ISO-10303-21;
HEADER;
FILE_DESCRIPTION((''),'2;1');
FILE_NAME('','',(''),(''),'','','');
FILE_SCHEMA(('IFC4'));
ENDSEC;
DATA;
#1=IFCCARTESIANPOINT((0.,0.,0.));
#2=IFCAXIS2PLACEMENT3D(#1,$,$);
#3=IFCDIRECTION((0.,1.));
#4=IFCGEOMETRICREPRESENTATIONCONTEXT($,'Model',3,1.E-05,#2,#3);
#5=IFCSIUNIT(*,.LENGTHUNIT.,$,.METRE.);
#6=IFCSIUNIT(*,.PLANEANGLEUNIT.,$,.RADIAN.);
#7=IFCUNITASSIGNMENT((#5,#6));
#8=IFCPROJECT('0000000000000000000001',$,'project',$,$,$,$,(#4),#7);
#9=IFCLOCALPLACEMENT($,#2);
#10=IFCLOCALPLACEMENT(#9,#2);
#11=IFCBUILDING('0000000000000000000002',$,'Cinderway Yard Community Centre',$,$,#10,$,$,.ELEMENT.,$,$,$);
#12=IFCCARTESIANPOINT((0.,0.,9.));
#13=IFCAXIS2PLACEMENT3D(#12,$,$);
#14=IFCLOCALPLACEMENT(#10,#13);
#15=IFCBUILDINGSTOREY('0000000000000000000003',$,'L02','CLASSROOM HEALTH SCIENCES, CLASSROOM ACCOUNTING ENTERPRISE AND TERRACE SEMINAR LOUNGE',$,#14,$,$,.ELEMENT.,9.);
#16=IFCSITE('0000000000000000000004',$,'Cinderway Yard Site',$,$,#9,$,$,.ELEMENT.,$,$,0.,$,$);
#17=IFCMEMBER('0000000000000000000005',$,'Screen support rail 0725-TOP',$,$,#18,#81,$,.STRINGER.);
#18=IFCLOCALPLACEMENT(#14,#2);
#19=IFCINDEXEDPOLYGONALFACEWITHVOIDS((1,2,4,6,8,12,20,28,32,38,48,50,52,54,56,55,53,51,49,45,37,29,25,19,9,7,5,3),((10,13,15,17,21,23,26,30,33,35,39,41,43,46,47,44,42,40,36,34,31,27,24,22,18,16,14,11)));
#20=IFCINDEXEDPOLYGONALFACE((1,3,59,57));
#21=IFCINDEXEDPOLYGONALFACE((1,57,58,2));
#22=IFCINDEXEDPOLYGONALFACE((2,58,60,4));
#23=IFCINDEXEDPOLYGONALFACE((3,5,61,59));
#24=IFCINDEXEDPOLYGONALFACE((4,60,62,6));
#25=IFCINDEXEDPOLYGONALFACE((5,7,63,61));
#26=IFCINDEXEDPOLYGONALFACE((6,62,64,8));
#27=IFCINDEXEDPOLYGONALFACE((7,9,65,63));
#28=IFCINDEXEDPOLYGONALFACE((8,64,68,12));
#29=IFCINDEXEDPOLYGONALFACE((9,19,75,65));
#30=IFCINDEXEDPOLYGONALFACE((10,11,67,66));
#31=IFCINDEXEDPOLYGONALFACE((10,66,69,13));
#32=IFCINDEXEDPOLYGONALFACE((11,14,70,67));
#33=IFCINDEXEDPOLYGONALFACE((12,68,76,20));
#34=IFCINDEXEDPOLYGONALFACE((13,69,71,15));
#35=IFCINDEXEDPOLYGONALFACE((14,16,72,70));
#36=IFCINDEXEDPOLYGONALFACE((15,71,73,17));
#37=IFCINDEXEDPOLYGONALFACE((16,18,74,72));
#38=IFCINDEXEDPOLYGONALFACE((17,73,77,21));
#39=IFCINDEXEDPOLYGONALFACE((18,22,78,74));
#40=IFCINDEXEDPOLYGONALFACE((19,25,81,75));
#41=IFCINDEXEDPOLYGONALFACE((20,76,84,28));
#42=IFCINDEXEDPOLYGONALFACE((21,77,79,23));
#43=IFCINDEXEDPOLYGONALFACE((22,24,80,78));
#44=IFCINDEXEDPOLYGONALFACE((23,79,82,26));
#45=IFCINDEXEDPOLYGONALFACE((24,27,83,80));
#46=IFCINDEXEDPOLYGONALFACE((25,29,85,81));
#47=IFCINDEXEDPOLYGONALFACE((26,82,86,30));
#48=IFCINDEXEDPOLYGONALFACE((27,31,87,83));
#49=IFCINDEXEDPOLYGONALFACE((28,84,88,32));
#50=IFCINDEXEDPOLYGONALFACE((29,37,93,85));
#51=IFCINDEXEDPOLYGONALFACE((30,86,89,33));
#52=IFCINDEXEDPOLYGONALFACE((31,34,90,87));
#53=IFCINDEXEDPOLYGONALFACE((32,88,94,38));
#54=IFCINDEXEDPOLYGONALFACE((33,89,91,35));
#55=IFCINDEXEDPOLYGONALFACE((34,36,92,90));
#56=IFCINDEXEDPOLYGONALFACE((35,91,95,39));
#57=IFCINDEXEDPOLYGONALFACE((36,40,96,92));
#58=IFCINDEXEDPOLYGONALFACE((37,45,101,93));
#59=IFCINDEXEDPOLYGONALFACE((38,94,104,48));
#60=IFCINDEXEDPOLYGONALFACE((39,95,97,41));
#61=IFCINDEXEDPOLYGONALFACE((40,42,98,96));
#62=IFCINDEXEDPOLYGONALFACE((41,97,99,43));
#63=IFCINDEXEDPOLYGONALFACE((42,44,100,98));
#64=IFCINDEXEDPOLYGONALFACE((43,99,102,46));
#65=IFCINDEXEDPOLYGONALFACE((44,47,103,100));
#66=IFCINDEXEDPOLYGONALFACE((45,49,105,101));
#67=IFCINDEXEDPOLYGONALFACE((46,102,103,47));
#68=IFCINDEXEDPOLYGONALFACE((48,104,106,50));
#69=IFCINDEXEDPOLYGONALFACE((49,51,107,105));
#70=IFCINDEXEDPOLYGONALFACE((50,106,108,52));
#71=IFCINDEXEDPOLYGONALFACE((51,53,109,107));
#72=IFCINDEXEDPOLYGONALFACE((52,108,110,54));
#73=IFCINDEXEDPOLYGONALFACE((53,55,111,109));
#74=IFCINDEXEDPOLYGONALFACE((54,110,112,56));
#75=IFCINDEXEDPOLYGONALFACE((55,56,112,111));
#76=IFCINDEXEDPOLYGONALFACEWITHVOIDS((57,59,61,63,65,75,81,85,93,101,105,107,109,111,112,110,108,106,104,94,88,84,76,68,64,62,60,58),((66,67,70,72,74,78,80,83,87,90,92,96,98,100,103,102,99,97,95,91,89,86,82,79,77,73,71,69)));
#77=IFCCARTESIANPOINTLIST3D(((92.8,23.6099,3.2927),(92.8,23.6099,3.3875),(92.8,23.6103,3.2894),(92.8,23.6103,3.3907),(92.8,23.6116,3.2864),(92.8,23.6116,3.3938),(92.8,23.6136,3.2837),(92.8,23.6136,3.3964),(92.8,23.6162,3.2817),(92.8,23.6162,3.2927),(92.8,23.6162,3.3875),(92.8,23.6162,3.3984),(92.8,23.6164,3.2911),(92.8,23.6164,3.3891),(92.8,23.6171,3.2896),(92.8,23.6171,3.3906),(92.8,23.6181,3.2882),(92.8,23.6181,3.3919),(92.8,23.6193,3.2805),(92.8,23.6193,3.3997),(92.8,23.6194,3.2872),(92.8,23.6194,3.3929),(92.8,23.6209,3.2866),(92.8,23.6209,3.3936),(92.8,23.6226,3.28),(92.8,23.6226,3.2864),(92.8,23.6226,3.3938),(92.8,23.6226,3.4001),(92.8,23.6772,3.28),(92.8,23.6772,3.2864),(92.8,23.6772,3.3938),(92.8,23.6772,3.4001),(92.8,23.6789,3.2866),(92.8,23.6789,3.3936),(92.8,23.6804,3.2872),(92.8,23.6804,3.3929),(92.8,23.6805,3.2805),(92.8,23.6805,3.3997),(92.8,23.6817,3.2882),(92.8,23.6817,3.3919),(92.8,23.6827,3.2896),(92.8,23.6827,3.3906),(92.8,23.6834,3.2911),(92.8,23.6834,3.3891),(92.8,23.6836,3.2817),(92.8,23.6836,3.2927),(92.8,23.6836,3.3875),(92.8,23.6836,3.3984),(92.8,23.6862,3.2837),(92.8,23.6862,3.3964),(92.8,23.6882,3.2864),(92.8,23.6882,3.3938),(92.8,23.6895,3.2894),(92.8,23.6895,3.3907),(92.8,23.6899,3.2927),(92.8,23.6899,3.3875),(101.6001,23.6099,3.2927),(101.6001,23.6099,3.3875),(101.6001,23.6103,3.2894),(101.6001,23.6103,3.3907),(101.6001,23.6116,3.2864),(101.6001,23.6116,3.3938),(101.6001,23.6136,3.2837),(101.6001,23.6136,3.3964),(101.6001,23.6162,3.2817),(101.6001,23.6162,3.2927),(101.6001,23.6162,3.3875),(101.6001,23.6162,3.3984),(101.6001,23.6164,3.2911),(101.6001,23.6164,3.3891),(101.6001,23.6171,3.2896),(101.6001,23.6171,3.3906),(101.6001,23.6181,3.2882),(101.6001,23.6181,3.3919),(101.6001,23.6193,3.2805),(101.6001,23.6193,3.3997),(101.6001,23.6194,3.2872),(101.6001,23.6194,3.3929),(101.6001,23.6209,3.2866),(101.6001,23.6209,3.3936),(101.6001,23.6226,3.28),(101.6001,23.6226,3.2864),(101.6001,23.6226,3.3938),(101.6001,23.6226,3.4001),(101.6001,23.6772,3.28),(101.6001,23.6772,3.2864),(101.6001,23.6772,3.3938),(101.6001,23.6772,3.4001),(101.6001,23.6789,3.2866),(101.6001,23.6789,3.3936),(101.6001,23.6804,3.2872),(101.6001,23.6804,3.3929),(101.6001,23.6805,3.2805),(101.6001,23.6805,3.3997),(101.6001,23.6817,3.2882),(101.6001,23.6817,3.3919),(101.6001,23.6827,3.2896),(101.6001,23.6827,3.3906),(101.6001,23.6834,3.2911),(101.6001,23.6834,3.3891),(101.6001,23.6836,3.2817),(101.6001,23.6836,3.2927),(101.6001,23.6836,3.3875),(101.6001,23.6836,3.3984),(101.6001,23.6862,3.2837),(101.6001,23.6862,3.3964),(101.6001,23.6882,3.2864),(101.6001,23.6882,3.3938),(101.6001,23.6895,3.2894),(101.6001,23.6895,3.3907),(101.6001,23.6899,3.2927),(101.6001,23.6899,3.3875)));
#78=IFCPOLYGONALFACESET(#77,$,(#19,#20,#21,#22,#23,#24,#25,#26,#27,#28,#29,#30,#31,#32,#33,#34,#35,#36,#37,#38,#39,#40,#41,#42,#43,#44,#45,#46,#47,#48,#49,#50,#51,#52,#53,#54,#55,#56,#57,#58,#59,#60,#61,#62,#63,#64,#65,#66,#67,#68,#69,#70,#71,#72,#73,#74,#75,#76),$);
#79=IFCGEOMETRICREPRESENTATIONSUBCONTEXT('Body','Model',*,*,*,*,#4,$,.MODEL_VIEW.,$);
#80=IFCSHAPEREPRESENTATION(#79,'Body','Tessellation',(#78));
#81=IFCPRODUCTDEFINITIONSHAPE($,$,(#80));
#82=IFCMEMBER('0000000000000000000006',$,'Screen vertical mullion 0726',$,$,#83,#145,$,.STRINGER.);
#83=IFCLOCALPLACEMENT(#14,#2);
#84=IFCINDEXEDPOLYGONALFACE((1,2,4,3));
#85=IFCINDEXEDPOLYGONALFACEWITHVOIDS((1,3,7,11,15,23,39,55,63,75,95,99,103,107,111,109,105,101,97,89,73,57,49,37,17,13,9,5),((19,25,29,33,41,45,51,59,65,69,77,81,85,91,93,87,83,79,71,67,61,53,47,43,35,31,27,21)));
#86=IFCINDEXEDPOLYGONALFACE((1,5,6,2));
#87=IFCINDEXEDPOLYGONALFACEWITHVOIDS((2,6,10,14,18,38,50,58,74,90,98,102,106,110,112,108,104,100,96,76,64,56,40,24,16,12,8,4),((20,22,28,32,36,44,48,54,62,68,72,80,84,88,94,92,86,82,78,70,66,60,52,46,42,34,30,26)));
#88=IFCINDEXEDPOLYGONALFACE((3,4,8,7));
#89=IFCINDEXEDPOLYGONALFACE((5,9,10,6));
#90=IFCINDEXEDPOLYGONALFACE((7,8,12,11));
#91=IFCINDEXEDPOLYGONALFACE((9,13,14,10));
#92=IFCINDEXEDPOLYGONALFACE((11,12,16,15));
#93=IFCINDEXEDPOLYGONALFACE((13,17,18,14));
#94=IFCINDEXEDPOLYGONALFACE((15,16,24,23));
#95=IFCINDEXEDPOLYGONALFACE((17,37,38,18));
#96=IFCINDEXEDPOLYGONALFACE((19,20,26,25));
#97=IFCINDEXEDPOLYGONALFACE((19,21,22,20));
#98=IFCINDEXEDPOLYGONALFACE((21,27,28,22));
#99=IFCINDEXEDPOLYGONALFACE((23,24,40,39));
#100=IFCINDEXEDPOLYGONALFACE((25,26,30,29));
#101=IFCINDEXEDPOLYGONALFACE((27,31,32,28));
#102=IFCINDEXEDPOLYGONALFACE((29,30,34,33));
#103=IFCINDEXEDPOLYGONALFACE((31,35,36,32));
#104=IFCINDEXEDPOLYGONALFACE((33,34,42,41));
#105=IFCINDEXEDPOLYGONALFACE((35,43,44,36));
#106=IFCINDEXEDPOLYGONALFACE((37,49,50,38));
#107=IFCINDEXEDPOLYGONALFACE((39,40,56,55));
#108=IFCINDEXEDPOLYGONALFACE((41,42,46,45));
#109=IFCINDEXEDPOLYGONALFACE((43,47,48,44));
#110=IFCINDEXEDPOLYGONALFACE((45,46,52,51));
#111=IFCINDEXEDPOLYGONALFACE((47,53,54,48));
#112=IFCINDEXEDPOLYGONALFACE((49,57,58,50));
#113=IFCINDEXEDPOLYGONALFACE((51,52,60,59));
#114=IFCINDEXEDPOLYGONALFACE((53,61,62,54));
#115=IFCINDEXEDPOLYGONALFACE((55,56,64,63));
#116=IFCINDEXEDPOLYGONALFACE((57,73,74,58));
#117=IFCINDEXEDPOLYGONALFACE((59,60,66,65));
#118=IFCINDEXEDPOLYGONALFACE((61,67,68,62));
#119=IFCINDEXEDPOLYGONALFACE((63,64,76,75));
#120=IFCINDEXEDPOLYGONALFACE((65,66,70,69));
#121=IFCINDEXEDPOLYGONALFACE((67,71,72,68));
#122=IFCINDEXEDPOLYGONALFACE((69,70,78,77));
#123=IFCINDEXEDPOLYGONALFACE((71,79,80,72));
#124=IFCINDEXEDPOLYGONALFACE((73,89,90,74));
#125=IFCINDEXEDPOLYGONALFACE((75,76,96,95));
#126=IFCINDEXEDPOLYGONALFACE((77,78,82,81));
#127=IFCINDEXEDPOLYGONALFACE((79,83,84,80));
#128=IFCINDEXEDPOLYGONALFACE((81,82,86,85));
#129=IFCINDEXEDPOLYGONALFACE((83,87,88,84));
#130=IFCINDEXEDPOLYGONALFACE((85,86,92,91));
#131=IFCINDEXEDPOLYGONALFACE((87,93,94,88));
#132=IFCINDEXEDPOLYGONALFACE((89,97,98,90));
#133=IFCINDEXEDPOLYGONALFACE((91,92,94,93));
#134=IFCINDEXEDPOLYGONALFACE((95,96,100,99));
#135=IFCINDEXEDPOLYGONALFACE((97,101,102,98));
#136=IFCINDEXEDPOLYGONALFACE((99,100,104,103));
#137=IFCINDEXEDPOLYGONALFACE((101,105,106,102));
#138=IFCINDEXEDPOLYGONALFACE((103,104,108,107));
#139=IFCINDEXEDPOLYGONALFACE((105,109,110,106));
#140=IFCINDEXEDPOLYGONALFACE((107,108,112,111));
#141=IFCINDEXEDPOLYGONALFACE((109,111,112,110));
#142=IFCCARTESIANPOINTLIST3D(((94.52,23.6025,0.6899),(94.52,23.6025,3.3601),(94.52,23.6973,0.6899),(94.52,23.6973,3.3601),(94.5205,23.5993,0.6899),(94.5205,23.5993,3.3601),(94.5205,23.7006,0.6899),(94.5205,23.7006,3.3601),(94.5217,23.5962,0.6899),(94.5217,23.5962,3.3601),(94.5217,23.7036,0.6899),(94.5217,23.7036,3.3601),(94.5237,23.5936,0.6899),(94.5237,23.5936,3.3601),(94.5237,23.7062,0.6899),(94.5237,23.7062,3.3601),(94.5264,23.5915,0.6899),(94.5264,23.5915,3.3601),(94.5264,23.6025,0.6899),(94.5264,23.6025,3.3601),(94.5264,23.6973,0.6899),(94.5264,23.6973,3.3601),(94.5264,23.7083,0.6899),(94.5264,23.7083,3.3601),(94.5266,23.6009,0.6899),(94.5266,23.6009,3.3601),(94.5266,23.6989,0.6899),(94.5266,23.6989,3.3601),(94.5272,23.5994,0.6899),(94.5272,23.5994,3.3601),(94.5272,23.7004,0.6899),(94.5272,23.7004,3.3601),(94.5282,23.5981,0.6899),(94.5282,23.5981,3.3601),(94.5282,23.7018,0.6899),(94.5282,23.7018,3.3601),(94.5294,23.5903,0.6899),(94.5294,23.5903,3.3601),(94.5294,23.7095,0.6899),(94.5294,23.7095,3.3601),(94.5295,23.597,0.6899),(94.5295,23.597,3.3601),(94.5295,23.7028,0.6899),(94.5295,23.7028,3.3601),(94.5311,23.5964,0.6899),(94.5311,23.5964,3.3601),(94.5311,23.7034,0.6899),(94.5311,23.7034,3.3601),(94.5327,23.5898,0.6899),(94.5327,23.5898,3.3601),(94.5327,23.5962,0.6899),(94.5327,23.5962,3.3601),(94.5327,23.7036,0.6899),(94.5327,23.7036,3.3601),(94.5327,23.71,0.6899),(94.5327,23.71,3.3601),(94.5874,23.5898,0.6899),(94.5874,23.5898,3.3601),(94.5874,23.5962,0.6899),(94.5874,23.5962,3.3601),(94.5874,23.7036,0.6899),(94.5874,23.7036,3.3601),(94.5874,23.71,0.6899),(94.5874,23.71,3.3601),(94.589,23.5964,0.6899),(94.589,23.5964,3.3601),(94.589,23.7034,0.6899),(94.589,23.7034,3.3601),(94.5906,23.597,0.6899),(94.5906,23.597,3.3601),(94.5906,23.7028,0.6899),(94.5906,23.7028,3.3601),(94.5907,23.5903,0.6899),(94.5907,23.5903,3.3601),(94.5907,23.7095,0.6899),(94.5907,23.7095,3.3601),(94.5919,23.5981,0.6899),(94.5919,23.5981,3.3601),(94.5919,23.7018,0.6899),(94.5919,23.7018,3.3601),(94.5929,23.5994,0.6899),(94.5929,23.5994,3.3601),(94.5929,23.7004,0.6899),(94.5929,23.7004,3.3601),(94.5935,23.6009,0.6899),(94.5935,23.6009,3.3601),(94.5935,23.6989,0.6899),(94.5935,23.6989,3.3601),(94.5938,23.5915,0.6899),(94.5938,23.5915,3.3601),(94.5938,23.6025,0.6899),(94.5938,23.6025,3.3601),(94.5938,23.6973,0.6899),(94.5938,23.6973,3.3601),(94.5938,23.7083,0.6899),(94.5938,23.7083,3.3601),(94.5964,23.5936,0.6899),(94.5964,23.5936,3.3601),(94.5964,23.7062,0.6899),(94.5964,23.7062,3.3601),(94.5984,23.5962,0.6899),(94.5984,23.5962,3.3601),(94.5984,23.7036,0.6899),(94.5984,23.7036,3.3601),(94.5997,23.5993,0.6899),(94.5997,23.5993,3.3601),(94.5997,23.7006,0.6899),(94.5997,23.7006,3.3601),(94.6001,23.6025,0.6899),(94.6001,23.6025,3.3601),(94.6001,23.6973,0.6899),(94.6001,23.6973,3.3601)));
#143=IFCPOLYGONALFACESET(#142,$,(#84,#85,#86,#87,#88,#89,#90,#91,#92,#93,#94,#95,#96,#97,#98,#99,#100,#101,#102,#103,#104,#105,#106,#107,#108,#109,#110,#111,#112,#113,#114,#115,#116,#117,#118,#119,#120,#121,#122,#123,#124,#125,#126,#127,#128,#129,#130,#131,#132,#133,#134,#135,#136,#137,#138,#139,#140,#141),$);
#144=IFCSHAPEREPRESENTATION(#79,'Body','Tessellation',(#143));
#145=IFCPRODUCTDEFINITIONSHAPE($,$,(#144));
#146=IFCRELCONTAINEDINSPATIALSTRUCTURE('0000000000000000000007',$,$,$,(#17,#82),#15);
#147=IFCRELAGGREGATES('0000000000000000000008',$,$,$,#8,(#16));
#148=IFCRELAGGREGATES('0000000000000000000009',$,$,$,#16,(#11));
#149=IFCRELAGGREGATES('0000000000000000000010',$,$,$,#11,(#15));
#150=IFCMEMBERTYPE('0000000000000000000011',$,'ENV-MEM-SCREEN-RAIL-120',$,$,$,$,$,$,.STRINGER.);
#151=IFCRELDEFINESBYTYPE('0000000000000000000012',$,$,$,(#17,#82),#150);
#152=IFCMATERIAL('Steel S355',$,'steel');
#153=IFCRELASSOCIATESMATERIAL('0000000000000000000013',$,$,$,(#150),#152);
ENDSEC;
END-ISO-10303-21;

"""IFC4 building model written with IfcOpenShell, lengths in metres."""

from ifc_helpers import new_model, si_unit, direction, frame, origin, origin_2d, place, context, subcontext, project, spatial, hollow_rectangle, extrude, material, material_profile, profile_set, type_object, element, save


model = new_model("IFC4")

# Units and contexts
model_context = context("Model", 3, precision=1e-05, world=origin(), true_north=direction((0.0, 1.0)))
body_context = subcontext(model_context, "Body", "Model", "MODEL_VIEW")
ifc_project = project(units=[si_unit("LENGTHUNIT", "METRE"), si_unit("PLANEANGLEUNIT", "RADIAN")], contexts=[model_context])

# Site, building, storey
site_placement = place(None, origin())
site = spatial("IfcSite", under=ifc_project, at=site_placement, Name="Cinderway Yard Site", CompositionType="ELEMENT", RefElevation=0.0)
building_placement = place(site_placement, origin())
building = spatial("IfcBuilding", under=site, at=building_placement, Name="Cinderway Yard Community Centre", CompositionType="ELEMENT")
storey_placement = place(building_placement, frame((0.0, 0.0, 9.0)))
storey = spatial("IfcBuildingStorey", under=building, at=storey_placement, Name="L02", Description="CLASSROOM HEALTH SCIENCES, CLASSROOM ACCOUNTING ENTERPRISE AND TERRACE SEMINAR LOUNGE", CompositionType="ELEMENT", Elevation=9.0)

# Members
ifc_material_1 = material(Name="Steel S355", Category="steel")
ifc_material_profile_1 = material_profile(ifc_material_1, hollow_rectangle(XDim=0.0801, YDim=0.1201, WallThickness=0.0063, InnerFilletRadius=0.0063, OuterFilletRadius=0.0127, at=origin_2d()), Name="Steel S355")
ifc_profile_set_1 = profile_set([ifc_material_profile_1], Name="Steel S355")
member_type_1 = type_object("IfcMemberType", Name="ENV-MEM-SCREEN-RAIL-120", PredefinedType="STRINGER", material=ifc_profile_set_1)
for number, where, z_axis, x_axis, name in (
    (1, (92.8, 23.6499, 3.3401), (1.0, 0.0, 0.0), (0.0, 1.0, 0.0), "Screen support rail 0725-TOP"),
):
    element("IfcMember", number, at=place(storey_placement, frame(where, z_axis=z_axis, x_axis=x_axis)), inside=storey, type_object=member_type_1, Name=name, PredefinedType="STRINGER", context=body_context, shape_type="SweptSolid", body=[
        extrude(hollow_rectangle(XDim=0.0801, YDim=0.1201, WallThickness=0.0063, InnerFilletRadius=0.0063, OuterFilletRadius=0.0127, at=origin_2d()), origin(), (0.0, 0.0, 1.0), 8.8),
    ])
for number, where, z_axis, x_axis, name in (
    (2, (94.5601, 23.6499, 0.6899), (0.0, 0.0, 1.0), (1.0, 0.0, 0.0), "Screen vertical mullion 0726"),
):
    element("IfcMember", number, at=place(storey_placement, frame(where, z_axis=z_axis, x_axis=x_axis)), inside=storey, type_object=member_type_1, Name=name, PredefinedType="STRINGER", context=body_context, shape_type="SweptSolid", body=[
        extrude(hollow_rectangle(XDim=0.0801, YDim=0.1201, WallThickness=0.0063, InnerFilletRadius=0.0063, OuterFilletRadius=0.0127, at=origin_2d()), origin(), (0.0, 0.0, 1.0), 2.6702),
    ])

save(model, "model.ifc")
